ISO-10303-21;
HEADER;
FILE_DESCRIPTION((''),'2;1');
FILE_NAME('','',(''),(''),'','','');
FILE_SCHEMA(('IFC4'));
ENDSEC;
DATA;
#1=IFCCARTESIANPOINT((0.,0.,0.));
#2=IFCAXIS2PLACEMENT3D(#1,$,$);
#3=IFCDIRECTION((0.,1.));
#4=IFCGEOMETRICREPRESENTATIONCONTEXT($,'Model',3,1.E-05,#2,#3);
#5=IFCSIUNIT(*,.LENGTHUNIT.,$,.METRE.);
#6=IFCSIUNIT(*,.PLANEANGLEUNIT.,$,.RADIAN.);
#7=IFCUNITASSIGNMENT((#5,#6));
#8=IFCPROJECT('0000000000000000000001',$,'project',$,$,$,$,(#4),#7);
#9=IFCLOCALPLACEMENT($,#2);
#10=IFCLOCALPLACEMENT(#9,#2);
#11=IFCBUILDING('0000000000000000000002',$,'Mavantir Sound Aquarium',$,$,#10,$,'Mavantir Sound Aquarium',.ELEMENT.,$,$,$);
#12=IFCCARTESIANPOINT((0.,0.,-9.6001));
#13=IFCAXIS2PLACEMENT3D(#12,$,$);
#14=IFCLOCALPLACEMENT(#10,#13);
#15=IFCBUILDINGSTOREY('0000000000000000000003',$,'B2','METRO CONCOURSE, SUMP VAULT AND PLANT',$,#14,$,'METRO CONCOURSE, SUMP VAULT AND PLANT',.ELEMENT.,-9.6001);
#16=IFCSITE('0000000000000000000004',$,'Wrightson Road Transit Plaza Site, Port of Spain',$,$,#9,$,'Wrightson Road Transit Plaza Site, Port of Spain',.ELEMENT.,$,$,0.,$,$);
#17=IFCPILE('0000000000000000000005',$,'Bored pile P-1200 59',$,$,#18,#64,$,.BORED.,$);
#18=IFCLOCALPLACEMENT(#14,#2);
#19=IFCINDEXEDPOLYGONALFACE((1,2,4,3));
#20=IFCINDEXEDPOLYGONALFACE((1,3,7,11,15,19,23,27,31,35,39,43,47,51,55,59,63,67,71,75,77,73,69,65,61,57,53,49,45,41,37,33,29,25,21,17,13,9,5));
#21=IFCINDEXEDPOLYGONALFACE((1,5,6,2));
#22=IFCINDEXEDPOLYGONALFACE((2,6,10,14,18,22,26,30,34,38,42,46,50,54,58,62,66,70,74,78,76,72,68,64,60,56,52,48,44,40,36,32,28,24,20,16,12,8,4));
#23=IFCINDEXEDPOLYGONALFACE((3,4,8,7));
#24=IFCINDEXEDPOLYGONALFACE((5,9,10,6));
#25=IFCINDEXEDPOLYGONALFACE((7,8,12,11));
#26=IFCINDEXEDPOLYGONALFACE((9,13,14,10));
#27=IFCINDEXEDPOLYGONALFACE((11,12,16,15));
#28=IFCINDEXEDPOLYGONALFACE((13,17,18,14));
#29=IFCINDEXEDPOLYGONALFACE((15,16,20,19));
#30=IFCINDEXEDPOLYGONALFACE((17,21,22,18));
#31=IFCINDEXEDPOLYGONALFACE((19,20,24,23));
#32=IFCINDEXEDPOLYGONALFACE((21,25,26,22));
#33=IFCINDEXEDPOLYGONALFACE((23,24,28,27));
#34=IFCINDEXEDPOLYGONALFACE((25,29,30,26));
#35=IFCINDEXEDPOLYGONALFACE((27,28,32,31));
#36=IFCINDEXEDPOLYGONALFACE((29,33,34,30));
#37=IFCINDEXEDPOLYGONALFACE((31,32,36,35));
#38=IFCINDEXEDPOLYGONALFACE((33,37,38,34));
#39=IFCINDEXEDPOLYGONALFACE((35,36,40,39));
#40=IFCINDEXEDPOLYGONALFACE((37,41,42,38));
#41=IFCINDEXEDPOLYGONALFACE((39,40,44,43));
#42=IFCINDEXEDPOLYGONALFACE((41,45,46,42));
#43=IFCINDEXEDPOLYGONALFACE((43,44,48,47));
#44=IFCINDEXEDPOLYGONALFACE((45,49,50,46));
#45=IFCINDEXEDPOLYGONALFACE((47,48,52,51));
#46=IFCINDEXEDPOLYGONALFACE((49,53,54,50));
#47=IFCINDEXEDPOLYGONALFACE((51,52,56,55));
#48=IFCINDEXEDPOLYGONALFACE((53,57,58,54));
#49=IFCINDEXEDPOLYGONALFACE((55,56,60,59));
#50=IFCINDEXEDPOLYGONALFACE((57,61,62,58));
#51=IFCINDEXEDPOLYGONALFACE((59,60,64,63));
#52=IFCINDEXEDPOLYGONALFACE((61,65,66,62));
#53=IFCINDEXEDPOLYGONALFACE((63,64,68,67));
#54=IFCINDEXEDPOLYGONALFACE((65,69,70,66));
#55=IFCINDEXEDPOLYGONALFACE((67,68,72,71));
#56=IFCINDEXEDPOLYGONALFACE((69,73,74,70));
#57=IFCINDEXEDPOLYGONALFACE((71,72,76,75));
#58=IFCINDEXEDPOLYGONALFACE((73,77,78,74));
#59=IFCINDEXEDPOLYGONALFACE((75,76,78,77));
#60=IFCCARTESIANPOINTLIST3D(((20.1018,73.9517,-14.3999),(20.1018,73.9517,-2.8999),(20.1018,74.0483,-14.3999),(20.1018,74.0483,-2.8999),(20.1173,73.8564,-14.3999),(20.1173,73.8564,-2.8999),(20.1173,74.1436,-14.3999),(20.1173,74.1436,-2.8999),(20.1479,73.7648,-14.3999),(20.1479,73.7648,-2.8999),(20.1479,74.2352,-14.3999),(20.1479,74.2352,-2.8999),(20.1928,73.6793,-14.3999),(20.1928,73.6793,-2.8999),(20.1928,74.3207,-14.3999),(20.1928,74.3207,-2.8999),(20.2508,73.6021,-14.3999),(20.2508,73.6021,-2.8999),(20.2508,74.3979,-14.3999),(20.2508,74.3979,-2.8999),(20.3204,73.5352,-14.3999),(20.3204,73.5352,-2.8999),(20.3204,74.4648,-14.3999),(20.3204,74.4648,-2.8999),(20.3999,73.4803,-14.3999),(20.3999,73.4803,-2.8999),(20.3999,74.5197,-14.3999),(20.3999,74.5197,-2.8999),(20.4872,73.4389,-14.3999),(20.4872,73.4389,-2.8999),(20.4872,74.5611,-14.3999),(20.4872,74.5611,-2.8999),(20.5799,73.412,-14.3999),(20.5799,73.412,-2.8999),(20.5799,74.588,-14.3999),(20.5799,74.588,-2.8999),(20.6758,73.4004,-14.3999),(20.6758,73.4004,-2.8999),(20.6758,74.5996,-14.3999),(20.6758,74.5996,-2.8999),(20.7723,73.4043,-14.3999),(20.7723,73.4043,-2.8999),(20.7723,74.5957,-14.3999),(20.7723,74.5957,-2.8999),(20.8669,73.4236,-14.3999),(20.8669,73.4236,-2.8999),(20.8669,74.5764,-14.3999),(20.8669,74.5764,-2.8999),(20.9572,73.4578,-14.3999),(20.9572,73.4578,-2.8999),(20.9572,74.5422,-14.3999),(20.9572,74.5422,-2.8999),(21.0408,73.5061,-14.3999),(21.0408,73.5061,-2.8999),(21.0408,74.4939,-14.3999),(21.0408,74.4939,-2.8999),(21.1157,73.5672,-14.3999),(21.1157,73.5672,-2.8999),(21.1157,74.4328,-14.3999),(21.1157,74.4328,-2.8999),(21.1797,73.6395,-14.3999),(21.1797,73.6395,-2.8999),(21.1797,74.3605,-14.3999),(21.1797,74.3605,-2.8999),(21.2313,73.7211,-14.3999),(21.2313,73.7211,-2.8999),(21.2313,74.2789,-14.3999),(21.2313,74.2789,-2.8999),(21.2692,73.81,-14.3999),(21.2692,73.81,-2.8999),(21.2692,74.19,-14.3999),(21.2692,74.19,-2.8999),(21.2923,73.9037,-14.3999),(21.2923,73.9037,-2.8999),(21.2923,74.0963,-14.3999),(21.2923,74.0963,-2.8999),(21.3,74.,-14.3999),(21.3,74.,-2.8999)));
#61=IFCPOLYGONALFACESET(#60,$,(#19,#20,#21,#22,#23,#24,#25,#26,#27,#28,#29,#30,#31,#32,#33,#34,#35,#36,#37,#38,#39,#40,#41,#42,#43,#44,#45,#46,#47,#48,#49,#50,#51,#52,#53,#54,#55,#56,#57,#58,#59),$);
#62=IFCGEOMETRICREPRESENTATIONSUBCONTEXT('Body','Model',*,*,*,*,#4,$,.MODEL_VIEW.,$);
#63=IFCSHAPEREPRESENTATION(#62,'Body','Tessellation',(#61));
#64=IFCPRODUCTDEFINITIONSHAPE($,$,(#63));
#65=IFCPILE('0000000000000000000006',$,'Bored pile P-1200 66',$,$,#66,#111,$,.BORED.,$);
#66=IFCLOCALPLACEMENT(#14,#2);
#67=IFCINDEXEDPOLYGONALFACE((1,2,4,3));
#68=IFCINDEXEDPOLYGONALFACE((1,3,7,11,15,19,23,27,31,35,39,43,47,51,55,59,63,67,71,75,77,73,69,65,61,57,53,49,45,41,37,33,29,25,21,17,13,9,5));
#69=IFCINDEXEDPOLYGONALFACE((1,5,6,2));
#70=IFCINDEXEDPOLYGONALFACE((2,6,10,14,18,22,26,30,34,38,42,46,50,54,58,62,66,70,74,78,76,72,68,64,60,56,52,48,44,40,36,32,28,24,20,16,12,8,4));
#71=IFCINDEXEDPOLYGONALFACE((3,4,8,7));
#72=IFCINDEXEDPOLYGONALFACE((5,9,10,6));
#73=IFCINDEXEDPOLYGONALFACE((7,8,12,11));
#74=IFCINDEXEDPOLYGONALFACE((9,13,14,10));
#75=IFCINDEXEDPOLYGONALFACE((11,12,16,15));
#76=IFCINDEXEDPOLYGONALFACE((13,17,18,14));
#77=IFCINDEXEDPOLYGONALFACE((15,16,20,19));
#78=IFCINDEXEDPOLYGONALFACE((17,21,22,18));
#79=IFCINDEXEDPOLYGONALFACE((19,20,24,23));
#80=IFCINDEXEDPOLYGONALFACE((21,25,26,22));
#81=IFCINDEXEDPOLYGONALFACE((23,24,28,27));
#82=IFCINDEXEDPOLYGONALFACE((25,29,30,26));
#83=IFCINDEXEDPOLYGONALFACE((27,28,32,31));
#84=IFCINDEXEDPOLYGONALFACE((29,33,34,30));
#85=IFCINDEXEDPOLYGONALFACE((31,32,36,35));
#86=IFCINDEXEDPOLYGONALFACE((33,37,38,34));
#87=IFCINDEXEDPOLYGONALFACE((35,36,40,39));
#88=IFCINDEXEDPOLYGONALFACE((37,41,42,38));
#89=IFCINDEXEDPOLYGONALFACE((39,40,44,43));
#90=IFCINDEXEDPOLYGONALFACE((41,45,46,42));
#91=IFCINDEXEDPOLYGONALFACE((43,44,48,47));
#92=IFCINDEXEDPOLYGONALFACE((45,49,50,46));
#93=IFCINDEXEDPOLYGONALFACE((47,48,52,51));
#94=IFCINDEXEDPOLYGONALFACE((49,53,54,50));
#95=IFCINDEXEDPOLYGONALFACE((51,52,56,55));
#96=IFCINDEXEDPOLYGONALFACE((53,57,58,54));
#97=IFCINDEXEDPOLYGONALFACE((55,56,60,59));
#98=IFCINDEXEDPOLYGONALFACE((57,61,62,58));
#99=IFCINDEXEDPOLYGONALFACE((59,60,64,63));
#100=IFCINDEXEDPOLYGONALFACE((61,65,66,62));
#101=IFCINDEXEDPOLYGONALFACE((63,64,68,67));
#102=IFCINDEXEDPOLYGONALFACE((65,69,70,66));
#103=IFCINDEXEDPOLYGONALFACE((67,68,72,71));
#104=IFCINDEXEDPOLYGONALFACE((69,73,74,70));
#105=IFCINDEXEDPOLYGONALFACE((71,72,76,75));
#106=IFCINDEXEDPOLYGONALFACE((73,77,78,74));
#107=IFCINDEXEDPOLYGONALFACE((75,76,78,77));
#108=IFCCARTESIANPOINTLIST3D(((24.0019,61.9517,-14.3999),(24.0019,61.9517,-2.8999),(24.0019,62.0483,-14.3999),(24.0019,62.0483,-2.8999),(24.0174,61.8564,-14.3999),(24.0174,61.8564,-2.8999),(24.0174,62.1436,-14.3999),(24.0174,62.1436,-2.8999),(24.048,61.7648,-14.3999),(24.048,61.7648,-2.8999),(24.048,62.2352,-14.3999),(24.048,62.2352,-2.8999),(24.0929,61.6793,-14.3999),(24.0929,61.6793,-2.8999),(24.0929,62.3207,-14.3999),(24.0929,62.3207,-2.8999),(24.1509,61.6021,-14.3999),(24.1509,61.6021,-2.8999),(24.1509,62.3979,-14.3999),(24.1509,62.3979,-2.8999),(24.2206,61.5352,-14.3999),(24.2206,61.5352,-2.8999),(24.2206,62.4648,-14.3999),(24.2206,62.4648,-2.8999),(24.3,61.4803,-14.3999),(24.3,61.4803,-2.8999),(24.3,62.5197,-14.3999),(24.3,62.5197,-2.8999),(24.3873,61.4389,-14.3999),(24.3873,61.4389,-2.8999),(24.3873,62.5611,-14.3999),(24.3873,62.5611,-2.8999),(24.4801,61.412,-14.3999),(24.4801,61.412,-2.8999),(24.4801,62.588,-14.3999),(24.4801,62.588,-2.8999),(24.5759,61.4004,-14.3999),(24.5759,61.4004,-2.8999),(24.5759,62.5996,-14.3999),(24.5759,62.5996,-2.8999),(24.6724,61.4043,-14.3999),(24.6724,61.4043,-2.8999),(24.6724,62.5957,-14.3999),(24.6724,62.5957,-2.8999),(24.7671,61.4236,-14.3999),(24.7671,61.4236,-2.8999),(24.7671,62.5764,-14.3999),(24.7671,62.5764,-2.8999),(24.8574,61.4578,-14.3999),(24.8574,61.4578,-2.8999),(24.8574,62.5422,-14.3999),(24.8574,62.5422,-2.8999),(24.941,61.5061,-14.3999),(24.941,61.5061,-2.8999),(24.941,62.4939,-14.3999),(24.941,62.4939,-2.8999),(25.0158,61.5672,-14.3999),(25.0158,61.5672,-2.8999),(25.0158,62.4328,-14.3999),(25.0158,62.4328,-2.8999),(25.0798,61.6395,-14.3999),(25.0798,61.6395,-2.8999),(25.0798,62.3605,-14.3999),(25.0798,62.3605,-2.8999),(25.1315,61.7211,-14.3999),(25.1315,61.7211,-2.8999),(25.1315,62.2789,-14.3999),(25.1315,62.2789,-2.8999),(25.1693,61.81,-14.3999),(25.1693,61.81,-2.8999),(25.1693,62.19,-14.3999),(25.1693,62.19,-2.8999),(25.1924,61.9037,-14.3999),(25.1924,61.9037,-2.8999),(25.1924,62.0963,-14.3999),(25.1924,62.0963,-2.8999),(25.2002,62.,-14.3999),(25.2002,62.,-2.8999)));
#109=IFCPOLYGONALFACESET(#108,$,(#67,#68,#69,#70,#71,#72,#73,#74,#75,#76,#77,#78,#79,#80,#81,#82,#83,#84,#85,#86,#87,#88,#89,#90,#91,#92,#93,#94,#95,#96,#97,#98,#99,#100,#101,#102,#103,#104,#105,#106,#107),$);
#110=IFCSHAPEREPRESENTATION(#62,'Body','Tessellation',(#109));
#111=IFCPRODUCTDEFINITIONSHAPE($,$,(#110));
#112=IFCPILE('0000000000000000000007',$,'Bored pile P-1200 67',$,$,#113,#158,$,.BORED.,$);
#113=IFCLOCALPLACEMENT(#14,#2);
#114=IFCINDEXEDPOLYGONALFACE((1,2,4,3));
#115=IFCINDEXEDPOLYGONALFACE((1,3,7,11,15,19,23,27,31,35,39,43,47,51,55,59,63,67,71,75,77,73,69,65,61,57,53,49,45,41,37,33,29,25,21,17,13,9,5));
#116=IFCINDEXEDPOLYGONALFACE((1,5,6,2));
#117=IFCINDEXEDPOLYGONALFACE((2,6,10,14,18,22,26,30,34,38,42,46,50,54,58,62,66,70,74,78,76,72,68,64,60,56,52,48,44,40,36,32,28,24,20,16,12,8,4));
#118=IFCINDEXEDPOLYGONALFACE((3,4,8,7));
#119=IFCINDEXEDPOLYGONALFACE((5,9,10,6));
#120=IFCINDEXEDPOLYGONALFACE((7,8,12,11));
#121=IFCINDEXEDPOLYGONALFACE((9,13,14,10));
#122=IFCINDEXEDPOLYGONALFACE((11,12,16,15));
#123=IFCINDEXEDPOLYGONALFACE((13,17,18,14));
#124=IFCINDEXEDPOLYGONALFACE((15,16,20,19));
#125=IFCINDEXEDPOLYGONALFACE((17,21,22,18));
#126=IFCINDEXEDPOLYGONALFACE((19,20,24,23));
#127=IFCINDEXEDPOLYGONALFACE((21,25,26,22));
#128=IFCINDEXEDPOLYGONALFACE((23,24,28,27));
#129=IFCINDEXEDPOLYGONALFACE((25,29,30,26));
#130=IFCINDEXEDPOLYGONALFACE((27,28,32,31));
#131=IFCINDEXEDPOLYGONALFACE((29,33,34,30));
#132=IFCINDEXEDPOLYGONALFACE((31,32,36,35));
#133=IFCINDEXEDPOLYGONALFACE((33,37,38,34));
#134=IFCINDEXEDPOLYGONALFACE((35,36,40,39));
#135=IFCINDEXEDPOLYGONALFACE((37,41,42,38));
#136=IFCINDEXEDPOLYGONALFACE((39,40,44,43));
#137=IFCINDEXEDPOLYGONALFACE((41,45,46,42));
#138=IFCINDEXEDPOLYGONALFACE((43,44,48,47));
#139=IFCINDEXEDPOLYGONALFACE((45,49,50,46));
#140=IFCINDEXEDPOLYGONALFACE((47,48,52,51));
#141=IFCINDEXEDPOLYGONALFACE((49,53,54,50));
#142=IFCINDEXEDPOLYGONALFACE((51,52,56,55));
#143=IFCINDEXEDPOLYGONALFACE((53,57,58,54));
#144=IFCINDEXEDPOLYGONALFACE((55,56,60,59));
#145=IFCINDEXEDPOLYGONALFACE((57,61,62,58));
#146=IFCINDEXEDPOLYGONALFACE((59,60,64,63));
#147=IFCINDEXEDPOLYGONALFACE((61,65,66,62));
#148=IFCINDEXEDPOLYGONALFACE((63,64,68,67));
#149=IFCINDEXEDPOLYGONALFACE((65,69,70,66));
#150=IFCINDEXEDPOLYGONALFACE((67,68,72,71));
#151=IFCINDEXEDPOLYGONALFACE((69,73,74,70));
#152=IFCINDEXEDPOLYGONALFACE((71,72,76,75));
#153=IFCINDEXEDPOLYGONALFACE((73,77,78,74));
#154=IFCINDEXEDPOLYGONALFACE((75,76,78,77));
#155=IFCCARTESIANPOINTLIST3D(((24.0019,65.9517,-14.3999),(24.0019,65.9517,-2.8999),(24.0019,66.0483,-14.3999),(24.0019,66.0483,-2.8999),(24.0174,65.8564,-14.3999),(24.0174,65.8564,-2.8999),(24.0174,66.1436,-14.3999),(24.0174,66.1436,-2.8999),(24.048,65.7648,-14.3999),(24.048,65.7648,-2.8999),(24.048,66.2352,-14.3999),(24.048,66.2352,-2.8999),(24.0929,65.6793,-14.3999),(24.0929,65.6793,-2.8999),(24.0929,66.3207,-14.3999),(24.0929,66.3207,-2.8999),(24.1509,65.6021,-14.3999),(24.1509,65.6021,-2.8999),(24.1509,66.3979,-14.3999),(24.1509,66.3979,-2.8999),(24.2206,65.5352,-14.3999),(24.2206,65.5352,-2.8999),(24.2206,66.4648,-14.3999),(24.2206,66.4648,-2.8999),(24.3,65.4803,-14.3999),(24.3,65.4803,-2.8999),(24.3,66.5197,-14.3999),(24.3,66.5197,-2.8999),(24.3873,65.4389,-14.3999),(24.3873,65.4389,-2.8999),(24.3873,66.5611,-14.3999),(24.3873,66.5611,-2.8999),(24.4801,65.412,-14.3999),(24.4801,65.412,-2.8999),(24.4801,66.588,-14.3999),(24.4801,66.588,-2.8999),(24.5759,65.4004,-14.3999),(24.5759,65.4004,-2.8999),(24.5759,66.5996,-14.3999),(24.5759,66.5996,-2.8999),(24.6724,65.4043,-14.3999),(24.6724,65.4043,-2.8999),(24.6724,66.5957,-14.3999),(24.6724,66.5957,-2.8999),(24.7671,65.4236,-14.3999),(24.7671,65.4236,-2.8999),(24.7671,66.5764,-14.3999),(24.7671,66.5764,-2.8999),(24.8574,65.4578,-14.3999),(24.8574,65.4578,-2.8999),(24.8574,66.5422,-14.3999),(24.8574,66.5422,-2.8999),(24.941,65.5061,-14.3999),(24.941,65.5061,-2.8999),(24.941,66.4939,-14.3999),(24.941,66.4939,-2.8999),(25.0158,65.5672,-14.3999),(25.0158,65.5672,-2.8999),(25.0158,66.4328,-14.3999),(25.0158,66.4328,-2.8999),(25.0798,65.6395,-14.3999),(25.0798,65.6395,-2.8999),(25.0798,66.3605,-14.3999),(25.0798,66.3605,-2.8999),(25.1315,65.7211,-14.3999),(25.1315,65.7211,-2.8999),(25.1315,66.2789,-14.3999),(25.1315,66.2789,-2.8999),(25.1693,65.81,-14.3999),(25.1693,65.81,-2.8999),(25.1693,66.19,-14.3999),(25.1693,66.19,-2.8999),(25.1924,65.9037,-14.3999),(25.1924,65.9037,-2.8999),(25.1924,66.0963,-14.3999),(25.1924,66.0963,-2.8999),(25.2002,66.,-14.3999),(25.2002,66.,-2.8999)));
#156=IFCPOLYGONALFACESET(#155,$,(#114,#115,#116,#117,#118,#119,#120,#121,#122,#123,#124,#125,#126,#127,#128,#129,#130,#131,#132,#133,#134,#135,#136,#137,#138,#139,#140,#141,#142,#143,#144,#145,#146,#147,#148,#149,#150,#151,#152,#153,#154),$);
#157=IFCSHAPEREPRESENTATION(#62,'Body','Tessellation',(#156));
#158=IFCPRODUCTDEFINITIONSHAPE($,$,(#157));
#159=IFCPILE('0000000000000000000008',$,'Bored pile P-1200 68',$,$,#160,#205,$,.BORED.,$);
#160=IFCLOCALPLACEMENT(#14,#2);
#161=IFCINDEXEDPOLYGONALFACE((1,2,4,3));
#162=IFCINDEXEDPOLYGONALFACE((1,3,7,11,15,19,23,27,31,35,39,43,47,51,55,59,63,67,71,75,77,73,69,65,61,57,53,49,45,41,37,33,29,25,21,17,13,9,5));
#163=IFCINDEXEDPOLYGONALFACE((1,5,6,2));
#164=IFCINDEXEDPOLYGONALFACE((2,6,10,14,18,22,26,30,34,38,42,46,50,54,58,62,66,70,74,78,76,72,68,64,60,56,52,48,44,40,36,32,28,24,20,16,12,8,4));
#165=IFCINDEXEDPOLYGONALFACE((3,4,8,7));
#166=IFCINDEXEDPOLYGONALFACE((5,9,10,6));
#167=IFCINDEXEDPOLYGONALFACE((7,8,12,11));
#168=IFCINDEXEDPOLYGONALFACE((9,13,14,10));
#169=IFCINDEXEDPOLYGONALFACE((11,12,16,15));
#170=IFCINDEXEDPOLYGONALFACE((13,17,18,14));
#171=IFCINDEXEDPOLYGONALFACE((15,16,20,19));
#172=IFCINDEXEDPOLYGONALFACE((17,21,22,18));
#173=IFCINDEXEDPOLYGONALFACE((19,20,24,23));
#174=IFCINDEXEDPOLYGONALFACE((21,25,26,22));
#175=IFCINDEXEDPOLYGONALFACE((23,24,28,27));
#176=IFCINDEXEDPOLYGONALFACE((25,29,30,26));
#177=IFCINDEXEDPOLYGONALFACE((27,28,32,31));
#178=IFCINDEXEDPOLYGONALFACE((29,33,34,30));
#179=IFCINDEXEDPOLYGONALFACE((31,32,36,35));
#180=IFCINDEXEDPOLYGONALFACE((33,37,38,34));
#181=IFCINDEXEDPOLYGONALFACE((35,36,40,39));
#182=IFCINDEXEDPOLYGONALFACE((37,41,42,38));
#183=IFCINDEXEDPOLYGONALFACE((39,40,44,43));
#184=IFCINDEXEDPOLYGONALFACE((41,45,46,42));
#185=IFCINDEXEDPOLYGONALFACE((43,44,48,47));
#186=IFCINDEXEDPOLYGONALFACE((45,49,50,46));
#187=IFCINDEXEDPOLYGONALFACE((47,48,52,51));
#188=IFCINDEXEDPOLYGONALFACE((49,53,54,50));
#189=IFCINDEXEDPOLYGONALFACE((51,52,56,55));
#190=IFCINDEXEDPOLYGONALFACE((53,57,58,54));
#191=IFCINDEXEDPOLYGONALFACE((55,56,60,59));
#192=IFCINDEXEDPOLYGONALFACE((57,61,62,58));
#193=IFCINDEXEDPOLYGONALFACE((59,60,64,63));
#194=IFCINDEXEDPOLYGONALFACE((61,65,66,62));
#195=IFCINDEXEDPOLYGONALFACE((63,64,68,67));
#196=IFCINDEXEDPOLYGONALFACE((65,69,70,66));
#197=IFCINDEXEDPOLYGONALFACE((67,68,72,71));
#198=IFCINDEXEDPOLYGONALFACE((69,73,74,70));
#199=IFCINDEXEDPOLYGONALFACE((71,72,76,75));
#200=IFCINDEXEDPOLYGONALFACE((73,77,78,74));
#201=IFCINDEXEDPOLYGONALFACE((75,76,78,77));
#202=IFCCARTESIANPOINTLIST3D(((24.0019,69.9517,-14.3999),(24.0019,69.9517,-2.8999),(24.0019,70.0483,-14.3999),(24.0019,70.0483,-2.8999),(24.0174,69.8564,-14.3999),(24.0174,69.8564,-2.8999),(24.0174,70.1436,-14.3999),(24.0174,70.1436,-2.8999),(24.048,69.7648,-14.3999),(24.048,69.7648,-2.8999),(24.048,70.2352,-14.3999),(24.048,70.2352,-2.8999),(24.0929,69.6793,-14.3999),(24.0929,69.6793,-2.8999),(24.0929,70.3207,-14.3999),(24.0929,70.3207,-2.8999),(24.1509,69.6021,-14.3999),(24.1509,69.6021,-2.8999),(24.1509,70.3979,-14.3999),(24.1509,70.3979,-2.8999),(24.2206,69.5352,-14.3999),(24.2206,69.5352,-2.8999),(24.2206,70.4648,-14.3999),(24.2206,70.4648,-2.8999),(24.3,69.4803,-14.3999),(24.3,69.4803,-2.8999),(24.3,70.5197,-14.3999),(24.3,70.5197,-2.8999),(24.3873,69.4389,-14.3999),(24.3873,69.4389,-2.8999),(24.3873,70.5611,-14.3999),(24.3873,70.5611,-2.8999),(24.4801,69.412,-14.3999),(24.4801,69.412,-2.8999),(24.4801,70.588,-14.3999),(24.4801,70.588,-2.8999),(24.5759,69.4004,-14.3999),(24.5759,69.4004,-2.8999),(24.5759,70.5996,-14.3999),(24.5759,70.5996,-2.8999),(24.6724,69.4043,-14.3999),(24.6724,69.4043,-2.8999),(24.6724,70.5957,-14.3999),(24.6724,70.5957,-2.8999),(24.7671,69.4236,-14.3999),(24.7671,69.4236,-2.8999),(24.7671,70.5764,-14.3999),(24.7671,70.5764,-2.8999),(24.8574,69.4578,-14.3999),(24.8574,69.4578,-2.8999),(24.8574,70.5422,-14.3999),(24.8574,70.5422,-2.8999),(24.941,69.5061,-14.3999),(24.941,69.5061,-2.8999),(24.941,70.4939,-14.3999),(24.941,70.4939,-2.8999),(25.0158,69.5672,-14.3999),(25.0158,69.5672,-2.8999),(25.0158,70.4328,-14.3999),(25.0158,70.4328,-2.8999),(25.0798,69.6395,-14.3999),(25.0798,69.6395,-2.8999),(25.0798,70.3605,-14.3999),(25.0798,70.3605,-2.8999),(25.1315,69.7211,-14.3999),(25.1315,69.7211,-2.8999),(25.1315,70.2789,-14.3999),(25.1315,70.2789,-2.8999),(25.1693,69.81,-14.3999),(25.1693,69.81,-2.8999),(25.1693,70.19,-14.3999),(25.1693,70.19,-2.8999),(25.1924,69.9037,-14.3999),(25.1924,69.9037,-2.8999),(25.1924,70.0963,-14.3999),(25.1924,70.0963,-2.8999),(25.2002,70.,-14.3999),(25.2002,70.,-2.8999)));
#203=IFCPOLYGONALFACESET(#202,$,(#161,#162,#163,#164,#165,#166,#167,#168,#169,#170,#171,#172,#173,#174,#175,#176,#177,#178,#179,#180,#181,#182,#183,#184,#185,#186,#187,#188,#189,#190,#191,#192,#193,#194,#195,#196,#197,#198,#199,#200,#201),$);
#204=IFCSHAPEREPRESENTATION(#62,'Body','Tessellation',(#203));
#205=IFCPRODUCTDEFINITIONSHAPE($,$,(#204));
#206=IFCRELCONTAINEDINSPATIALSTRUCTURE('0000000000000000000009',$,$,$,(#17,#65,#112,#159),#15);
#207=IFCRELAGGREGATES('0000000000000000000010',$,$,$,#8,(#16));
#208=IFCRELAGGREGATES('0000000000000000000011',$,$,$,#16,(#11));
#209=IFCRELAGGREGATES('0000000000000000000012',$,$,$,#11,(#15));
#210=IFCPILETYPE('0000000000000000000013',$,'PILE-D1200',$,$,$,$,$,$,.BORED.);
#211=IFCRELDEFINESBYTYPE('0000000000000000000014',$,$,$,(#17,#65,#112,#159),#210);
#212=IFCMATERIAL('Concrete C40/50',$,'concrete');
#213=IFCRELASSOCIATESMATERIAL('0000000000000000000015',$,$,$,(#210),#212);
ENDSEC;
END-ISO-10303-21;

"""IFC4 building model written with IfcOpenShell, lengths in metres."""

from ifc_helpers import new_model, si_unit, direction, frame, origin, origin_2d, place, context, subcontext, project, spatial, circle, extrude, material, material_profile, profile_set, type_object, element, save


model = new_model("IFC4")

# Units and contexts
model_context = context("Model", 3, precision=1e-05, world=origin(), true_north=direction((0.0, 1.0)))
body_context = subcontext(model_context, "Body", "Model", "MODEL_VIEW")
ifc_project = project(units=[si_unit("LENGTHUNIT", "METRE"), si_unit("PLANEANGLEUNIT", "RADIAN")], contexts=[model_context])

# Site, building, storey
site_placement = place(None, origin())
site = spatial("IfcSite", under=ifc_project, at=site_placement, Name="Wrightson Road Transit Plaza Site, Port of Spain", LongName="Wrightson Road Transit Plaza Site, Port of Spain", CompositionType="ELEMENT", RefElevation=0.0)
building_placement = place(site_placement, origin())
building = spatial("IfcBuilding", under=site, at=building_placement, Name="Mavantir Sound Aquarium", LongName="Mavantir Sound Aquarium", CompositionType="ELEMENT")
storey_placement = place(building_placement, frame((0.0, 0.0, -9.6001)))
storey = spatial("IfcBuildingStorey", under=building, at=storey_placement, Name="B2", Description="METRO CONCOURSE, SUMP VAULT AND PLANT", LongName="METRO CONCOURSE, SUMP VAULT AND PLANT", CompositionType="ELEMENT", Elevation=-9.6001)

# Shared definitions
ifc_material_1 = material(Name="Concrete C40/50", Category="concrete")

# Piles
ifc_material_profile_1 = material_profile(ifc_material_1, circle(Radius=0.6001, at=origin_2d()), Name="PILE D1200")
ifc_profile_set_1 = profile_set([ifc_material_profile_1], Name="Concrete C40/50")
pile_type = type_object("IfcPileType", Name="PILE-D1200", PredefinedType="BORED", material=ifc_profile_set_1)
for number, where, z_axis, x_axis, name in (
    (1, (20.7, 74.0, -2.8999), (0.0, 0.0, -1.0), (1.0, 0.0, 0.0), "Bored pile P-1200 59"),
    (2, (24.6001, 62.0, -2.8999), (0.0, 0.0, -1.0), (1.0, 0.0, 0.0), "Bored pile P-1200 66"),
    (3, (24.6001, 66.0, -2.8999), (0.0, 0.0, -1.0), (1.0, 0.0, 0.0), "Bored pile P-1200 67"),
    (4, (24.6001, 70.0, -2.8999), (0.0, 0.0, -1.0), (1.0, 0.0, 0.0), "Bored pile P-1200 68"),
):
    element("IfcPile", number, at=place(storey_placement, frame(where, z_axis=z_axis, x_axis=x_axis)), inside=storey, type_object=pile_type, Name=name, PredefinedType="BORED", context=body_context, shape_type="SweptSolid", body=[
        extrude(circle(Radius=0.6001, at=origin_2d()), origin(), (0.0, 0.0, 1.0), 11.5),
    ])

save(model, "model.ifc")
